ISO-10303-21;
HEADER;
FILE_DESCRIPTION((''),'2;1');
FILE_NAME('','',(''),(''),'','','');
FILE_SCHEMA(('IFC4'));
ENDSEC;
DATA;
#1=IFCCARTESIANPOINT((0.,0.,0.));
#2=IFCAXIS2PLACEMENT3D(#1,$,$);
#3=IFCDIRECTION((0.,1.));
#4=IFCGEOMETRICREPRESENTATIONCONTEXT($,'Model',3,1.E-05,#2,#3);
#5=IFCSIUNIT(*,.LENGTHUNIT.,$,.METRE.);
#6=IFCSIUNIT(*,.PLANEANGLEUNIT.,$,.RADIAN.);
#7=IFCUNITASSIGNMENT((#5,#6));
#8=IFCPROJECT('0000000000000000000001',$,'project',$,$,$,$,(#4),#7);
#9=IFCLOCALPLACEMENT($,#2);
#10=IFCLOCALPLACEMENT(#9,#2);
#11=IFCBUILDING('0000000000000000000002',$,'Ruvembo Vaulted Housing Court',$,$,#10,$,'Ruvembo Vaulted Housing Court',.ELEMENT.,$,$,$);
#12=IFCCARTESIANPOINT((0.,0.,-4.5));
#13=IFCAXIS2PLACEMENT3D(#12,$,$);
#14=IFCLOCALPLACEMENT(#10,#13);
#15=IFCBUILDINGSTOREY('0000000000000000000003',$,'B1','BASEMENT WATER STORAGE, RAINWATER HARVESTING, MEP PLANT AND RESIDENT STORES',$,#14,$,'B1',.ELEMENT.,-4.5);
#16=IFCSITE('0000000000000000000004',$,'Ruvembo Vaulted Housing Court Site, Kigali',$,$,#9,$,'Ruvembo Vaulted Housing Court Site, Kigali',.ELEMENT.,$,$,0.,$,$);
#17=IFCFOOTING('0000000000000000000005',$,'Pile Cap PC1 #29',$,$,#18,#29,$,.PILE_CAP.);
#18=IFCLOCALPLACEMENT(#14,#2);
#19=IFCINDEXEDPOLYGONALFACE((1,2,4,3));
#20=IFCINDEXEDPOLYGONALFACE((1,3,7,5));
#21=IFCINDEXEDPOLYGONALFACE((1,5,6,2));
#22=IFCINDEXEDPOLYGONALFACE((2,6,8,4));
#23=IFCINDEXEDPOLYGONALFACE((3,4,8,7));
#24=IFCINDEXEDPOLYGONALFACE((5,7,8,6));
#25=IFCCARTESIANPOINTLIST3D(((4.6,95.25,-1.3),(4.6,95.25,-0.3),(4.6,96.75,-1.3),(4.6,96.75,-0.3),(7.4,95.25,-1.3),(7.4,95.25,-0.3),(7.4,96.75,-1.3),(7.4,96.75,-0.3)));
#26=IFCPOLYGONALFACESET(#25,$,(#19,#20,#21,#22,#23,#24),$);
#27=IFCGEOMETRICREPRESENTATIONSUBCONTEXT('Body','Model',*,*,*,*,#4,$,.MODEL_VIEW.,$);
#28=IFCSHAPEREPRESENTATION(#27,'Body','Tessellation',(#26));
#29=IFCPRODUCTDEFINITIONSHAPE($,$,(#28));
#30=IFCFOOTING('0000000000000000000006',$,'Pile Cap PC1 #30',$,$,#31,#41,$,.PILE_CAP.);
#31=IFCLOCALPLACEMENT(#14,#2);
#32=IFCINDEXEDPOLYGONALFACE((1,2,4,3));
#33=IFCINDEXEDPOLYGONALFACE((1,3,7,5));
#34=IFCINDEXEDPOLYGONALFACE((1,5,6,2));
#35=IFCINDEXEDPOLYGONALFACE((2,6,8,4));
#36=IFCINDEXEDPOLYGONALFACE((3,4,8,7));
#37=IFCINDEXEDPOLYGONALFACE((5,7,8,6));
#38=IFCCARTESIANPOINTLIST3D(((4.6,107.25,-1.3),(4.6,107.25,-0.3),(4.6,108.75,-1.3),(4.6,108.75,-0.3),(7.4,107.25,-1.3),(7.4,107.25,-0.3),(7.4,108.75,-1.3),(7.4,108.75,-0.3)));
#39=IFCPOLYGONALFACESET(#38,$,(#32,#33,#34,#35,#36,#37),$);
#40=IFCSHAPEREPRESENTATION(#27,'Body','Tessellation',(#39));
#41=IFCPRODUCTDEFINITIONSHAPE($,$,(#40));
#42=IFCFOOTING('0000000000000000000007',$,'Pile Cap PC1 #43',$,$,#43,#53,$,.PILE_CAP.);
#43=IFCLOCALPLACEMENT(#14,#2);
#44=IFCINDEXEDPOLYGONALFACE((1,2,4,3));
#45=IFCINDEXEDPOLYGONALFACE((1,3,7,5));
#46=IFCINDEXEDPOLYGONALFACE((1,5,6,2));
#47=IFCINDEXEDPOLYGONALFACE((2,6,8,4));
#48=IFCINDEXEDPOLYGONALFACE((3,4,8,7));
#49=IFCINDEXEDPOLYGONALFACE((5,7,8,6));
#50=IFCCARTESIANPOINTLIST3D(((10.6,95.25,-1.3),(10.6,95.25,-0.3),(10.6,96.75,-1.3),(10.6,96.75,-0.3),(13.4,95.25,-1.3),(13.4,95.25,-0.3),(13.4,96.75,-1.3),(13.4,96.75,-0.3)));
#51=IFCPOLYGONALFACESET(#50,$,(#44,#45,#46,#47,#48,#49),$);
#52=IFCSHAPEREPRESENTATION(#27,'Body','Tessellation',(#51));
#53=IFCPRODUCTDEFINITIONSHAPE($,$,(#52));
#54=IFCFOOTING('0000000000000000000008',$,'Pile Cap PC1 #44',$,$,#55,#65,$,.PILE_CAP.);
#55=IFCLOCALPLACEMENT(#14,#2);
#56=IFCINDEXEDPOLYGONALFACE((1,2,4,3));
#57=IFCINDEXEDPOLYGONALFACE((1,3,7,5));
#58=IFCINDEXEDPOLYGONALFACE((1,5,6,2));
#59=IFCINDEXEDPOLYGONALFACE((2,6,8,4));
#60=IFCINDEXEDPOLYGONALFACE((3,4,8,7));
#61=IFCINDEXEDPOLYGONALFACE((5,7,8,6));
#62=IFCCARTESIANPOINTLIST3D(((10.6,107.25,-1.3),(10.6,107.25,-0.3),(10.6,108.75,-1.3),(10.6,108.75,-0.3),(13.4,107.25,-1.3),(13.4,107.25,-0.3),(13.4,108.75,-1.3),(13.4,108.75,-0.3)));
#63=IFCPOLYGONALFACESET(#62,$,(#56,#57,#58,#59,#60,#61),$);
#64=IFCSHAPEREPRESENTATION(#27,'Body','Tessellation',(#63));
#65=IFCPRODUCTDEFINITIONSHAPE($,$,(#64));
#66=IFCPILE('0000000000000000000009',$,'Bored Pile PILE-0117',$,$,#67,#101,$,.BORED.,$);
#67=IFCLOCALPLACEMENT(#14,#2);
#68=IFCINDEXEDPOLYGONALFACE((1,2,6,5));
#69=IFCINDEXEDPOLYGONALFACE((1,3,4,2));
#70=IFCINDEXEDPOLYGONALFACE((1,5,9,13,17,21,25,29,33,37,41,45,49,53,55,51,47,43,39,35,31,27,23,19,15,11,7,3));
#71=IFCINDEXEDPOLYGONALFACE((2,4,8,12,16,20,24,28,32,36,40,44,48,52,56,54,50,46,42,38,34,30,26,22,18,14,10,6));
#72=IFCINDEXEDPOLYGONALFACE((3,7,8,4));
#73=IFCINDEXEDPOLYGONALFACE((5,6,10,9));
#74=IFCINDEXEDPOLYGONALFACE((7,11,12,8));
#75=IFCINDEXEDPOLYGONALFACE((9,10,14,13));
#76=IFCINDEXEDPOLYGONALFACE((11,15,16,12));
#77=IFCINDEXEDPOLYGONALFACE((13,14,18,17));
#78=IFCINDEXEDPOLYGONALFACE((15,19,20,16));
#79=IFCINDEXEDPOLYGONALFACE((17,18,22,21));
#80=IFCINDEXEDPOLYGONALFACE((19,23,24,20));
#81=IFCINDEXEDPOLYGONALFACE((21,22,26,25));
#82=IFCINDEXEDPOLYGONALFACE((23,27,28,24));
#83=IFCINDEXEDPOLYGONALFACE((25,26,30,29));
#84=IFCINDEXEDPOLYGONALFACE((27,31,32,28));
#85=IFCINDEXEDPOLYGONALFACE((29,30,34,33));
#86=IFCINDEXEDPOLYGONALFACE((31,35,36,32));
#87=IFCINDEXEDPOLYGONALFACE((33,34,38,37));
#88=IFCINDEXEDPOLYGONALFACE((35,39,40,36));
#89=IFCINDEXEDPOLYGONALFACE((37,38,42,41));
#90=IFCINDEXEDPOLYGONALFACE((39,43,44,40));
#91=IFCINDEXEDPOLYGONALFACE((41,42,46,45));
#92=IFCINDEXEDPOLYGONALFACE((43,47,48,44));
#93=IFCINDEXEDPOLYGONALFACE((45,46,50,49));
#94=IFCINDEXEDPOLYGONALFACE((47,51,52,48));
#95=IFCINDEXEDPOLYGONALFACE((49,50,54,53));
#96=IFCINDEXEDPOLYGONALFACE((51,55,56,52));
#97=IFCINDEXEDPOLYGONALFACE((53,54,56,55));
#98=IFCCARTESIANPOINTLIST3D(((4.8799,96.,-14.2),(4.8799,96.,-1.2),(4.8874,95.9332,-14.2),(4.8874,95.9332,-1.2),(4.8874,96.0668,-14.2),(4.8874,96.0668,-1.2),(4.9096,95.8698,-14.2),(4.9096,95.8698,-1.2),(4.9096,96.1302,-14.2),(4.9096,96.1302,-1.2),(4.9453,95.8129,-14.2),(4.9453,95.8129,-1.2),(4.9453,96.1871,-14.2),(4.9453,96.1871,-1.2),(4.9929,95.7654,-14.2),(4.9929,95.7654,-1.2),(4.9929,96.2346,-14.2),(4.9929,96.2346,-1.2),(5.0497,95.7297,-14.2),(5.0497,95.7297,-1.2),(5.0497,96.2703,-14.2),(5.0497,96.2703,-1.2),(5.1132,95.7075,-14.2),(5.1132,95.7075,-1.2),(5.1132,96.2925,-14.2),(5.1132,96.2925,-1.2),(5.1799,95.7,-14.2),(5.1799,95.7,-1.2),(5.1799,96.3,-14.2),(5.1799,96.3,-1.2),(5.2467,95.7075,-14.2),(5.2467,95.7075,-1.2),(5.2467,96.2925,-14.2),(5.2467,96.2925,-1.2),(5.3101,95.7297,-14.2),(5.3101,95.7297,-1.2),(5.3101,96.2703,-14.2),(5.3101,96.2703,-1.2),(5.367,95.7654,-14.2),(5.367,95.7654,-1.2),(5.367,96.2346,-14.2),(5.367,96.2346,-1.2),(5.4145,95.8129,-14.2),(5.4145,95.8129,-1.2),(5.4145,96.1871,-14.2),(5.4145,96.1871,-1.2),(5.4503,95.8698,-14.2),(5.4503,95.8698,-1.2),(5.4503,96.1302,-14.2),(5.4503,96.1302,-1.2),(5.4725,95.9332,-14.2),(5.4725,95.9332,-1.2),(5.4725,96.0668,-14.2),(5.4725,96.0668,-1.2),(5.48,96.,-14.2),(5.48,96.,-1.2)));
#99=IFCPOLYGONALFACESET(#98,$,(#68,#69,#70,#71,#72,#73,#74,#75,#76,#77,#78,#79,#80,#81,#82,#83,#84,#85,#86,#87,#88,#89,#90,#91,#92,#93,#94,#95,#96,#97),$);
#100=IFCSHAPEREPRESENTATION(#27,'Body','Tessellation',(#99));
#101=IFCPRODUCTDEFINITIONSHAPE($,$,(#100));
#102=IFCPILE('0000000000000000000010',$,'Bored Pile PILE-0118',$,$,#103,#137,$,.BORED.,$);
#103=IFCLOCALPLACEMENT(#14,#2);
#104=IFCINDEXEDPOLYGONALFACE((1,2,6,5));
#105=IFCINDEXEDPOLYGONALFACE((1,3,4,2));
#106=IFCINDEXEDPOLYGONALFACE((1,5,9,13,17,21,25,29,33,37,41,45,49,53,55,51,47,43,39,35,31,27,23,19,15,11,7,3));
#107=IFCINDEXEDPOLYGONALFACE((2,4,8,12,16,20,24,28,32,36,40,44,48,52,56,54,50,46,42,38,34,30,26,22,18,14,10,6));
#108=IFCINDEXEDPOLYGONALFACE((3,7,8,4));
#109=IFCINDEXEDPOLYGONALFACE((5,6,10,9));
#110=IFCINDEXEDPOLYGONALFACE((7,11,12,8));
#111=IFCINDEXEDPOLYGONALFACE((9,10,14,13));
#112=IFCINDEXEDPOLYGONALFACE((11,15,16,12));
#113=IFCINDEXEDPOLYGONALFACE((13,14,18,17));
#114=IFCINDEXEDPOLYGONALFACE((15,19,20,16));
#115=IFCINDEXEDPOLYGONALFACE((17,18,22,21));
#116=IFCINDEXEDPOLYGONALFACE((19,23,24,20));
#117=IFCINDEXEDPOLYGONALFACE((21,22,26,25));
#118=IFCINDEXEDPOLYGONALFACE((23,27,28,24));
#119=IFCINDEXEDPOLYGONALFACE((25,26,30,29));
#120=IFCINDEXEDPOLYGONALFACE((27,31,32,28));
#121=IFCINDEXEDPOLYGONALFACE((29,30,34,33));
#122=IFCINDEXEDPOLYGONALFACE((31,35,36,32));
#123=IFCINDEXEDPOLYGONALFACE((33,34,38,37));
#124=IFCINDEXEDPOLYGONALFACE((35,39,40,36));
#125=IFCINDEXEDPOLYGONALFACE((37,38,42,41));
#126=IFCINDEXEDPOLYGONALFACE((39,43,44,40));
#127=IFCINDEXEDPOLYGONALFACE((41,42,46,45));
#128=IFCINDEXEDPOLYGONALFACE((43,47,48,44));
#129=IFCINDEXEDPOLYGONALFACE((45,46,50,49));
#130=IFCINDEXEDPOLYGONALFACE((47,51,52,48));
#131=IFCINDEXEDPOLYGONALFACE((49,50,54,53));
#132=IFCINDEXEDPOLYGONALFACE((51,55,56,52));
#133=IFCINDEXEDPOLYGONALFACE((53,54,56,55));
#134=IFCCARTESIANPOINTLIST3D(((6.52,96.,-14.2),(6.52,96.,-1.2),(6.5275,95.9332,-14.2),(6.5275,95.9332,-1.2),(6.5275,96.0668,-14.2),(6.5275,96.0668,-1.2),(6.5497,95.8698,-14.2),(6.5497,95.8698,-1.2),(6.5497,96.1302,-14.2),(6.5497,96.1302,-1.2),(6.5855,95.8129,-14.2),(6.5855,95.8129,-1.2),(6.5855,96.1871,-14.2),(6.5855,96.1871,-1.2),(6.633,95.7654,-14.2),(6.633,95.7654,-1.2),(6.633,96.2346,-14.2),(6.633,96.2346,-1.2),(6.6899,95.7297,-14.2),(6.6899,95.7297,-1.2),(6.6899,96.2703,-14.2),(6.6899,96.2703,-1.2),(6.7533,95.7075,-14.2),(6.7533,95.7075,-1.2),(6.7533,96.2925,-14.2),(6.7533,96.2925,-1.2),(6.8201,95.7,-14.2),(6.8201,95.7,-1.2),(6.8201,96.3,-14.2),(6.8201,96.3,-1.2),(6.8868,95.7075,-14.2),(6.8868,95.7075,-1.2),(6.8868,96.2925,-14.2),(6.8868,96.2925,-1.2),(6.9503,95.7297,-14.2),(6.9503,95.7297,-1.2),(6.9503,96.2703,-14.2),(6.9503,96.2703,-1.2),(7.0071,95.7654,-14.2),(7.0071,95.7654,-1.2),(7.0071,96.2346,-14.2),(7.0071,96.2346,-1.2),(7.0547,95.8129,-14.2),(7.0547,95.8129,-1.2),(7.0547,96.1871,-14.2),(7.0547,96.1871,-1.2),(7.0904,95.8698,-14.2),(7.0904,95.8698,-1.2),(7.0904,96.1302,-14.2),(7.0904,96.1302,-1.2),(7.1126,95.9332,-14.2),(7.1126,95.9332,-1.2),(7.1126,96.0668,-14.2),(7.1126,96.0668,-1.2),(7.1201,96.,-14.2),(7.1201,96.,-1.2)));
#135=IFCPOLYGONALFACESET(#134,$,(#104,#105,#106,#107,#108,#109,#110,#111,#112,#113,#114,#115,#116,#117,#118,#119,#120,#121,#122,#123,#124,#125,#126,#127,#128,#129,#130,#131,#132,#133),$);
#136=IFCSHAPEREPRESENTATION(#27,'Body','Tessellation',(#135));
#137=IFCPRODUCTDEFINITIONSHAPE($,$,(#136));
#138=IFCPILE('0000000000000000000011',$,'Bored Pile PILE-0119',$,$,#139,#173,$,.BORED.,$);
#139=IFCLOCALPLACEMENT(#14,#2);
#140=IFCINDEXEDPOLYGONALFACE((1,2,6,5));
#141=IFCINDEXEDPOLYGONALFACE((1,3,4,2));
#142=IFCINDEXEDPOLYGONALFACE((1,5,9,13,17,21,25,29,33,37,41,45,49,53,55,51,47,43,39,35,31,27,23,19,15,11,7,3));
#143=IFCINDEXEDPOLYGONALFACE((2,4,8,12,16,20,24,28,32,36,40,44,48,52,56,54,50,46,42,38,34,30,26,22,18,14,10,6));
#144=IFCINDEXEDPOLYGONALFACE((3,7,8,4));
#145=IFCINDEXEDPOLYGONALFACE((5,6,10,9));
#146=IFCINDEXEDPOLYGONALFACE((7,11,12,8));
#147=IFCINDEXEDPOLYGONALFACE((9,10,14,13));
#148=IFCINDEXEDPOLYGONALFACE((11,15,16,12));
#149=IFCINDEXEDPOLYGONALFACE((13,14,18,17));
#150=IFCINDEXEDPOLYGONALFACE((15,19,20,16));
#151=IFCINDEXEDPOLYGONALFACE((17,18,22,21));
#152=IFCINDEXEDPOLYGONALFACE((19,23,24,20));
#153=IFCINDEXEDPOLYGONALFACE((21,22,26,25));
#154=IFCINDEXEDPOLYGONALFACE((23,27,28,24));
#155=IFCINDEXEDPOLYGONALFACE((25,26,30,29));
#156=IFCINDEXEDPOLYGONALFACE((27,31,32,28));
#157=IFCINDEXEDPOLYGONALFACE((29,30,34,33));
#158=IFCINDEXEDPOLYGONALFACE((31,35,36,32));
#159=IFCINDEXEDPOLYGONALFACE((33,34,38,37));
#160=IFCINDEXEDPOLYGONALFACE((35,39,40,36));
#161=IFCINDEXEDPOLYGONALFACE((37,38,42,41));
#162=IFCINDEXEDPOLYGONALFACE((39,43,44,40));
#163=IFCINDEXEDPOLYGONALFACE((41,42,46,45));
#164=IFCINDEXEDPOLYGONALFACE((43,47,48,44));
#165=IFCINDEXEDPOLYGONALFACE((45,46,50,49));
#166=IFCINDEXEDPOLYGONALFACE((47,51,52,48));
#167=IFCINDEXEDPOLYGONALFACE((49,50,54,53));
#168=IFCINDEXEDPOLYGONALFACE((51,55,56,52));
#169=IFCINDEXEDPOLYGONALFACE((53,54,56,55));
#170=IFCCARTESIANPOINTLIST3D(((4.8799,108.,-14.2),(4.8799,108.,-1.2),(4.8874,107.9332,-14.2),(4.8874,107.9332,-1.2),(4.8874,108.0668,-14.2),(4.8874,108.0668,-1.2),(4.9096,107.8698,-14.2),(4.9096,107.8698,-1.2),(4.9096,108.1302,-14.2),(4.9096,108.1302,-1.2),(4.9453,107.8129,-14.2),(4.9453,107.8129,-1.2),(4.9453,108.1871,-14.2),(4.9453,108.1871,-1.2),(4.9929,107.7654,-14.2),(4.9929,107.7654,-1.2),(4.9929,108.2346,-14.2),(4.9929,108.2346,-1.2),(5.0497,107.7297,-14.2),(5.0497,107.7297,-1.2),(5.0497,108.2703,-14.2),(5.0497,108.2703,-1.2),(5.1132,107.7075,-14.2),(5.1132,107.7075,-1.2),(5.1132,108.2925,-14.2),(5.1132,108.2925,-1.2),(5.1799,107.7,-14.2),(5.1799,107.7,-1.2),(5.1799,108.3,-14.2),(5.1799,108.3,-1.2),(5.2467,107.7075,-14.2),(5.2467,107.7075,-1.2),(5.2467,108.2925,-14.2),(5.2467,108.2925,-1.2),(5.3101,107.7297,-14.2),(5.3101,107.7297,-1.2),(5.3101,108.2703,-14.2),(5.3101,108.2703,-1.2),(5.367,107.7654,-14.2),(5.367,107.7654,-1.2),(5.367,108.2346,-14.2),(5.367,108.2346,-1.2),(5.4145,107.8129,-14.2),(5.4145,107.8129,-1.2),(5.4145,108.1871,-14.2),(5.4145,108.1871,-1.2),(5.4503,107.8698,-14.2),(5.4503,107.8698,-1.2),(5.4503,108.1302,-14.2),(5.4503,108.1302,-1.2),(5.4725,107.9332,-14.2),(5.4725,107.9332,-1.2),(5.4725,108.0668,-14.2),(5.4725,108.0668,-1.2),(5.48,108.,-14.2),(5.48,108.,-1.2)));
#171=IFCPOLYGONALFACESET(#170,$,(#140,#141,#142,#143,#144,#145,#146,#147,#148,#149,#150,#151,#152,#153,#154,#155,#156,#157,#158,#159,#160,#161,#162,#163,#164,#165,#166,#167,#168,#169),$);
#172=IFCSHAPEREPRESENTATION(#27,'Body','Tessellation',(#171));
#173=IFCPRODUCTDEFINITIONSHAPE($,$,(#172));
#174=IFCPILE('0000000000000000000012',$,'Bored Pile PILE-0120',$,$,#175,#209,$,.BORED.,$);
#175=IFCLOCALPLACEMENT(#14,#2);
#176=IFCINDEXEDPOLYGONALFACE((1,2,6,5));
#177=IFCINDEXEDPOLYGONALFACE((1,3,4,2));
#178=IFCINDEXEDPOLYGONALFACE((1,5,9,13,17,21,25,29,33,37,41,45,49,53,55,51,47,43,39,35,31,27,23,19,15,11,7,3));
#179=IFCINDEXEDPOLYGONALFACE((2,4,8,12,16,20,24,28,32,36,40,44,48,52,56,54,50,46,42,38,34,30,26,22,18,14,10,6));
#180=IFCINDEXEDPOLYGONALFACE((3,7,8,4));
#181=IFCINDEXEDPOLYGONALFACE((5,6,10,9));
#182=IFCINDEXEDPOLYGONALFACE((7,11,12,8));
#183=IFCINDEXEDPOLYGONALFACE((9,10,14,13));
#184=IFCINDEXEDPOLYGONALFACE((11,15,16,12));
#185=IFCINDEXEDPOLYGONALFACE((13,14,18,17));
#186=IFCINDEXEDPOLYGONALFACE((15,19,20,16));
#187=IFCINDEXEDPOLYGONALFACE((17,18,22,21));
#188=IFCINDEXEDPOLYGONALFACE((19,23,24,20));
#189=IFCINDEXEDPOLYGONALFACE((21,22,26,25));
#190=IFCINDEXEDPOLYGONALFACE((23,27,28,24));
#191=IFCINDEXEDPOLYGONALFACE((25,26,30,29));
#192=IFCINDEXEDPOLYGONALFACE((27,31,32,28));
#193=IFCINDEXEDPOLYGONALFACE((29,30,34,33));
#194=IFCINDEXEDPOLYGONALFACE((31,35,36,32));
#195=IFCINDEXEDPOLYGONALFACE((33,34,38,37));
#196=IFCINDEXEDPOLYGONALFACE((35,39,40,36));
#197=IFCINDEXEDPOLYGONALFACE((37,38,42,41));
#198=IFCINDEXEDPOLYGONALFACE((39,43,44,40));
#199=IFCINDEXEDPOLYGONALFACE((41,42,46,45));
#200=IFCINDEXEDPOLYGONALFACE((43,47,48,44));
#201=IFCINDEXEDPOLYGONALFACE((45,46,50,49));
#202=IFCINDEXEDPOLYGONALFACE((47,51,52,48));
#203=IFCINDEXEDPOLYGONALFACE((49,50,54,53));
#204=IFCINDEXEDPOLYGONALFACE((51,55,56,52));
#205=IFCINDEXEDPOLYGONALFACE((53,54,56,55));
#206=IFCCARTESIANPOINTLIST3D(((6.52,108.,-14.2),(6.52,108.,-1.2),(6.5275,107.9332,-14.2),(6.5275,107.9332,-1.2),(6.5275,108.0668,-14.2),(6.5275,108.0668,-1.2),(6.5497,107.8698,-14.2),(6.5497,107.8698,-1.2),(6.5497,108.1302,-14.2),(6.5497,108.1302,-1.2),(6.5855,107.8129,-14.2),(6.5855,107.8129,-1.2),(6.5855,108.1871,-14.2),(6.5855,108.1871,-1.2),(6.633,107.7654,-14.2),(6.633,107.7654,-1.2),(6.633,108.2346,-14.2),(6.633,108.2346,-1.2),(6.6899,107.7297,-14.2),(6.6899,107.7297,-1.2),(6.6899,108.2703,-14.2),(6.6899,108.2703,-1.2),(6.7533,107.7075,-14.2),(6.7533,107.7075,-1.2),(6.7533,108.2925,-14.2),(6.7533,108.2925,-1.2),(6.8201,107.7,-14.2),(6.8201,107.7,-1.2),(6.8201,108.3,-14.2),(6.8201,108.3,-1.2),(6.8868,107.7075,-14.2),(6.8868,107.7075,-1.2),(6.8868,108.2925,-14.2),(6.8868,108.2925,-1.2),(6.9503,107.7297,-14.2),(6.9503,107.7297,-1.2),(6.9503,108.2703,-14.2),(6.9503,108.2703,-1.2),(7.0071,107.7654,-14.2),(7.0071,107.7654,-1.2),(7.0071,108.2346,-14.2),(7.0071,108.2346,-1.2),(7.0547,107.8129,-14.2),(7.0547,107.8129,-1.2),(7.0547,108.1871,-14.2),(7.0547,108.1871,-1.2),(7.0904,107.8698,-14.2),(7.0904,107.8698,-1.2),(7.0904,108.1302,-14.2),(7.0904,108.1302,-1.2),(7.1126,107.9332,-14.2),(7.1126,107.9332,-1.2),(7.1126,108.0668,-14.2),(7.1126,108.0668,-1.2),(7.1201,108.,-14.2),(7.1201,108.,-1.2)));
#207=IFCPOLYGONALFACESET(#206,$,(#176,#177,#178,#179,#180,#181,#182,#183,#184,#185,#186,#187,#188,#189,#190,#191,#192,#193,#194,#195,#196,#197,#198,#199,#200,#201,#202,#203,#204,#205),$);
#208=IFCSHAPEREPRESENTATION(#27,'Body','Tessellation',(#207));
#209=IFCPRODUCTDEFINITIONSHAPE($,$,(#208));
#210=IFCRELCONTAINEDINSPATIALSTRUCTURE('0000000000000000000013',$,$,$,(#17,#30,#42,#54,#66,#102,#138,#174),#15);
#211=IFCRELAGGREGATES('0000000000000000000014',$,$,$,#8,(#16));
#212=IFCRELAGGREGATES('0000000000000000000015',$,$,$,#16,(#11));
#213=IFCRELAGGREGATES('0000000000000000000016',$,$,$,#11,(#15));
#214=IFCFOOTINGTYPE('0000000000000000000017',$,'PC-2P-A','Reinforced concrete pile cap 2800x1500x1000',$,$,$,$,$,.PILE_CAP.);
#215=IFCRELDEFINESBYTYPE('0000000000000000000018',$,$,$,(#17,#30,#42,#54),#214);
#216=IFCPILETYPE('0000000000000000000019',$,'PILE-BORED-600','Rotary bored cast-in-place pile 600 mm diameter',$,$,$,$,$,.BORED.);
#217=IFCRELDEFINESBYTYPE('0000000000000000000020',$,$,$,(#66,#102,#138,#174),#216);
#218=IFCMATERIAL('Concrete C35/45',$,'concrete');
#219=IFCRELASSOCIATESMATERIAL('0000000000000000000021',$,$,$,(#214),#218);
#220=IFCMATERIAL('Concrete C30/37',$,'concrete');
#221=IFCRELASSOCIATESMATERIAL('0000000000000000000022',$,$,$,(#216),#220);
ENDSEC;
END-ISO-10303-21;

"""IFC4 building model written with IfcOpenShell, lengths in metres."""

from ifc_helpers import new_model, si_unit, direction, frame, origin, origin_2d, place, context, subcontext, project, spatial, rectangle, circle, extrude, material, material_profile, profile_set, type_object, element, save


model = new_model("IFC4")

# Units and contexts
model_context = context("Model", 3, precision=1e-05, world=origin(), true_north=direction((0.0, 1.0)))
body_context = subcontext(model_context, "Body", "Model", "MODEL_VIEW")
ifc_project = project(units=[si_unit("LENGTHUNIT", "METRE"), si_unit("PLANEANGLEUNIT", "RADIAN")], contexts=[model_context])

# Site, building, storey
site_placement = place(None, origin())
site = spatial("IfcSite", under=ifc_project, at=site_placement, Name="Ruvembo Vaulted Housing Court Site, Kigali", LongName="Ruvembo Vaulted Housing Court Site, Kigali", CompositionType="ELEMENT", RefElevation=0.0)
building_placement = place(site_placement, origin())
building = spatial("IfcBuilding", under=site, at=building_placement, Name="Ruvembo Vaulted Housing Court", LongName="Ruvembo Vaulted Housing Court", CompositionType="ELEMENT")
storey_placement = place(building_placement, frame((0.0, 0.0, -4.5)))
storey = spatial("IfcBuildingStorey", under=building, at=storey_placement, Name="B1", Description="BASEMENT WATER STORAGE, RAINWATER HARVESTING, MEP PLANT AND RESIDENT STORES", LongName="B1", CompositionType="ELEMENT", Elevation=-4.5)

# Footings
ifc_material_1 = material(Name="Concrete C35/45", Category="concrete")
footing_type = type_object("IfcFootingType", Name="PC-2P-A", Description="Reinforced concrete pile cap 2800x1500x1000", PredefinedType="PILE_CAP", material=ifc_material_1)
for number, where, z_axis, x_axis, name in (
    (1, (6.0, 96.0, -1.3), (0.0, 0.0, 1.0), (1.0, 0.0, 0.0), "Pile Cap PC1 #29"),
    (2, (6.0, 108.0, -1.3), (0.0, 0.0, 1.0), (1.0, 0.0, 0.0), "Pile Cap PC1 #30"),
    (3, (12.0, 96.0, -1.3), (0.0, 0.0, 1.0), (1.0, 0.0, 0.0), "Pile Cap PC1 #43"),
    (4, (12.0, 108.0, -1.3), (0.0, 0.0, 1.0), (1.0, 0.0, 0.0), "Pile Cap PC1 #44"),
):
    element("IfcFooting", number, at=place(storey_placement, frame(where, z_axis=z_axis, x_axis=x_axis)), inside=storey, type_object=footing_type, Name=name, PredefinedType="PILE_CAP", context=body_context, shape_type="SweptSolid", body=[
        extrude(rectangle(XDim=2.8, YDim=1.5, at=origin_2d()), origin(), (0.0, 0.0, 1.0), 1.0),
    ])

# Piles
ifc_material_2 = material(Name="Concrete C30/37", Category="concrete")
ifc_material_profile_1 = material_profile(ifc_material_2, circle(Radius=0.3, at=origin_2d()), Name="PILE D600")
ifc_profile_set_1 = profile_set([ifc_material_profile_1], Name="Concrete C30/37")
pile_type = type_object("IfcPileType", Name="PILE-BORED-600", Description="Rotary bored cast-in-place pile 600 mm diameter", PredefinedType="BORED", material=ifc_profile_set_1)
for number, where, z_axis, x_axis, name in (
    (5, (5.1799, 96.0, -1.2), (0.0, 0.0, -1.0), (1.0, 0.0, 0.0), "Bored Pile PILE-0117"),
    (6, (6.8201, 96.0, -1.2), (0.0, 0.0, -1.0), (1.0, 0.0, 0.0), "Bored Pile PILE-0118"),
    (7, (5.1799, 108.0, -1.2), (0.0, 0.0, -1.0), (1.0, 0.0, 0.0), "Bored Pile PILE-0119"),
    (8, (6.8201, 108.0, -1.2), (0.0, 0.0, -1.0), (1.0, 0.0, 0.0), "Bored Pile PILE-0120"),
):
    element("IfcPile", number, at=place(storey_placement, frame(where, z_axis=z_axis, x_axis=x_axis)), inside=storey, type_object=pile_type, Name=name, PredefinedType="BORED", context=body_context, shape_type="SweptSolid", body=[
        extrude(circle(Radius=0.3, at=origin_2d()), origin(), (0.0, 0.0, 1.0), 13.0),
    ])

save(model, "model.ifc")
